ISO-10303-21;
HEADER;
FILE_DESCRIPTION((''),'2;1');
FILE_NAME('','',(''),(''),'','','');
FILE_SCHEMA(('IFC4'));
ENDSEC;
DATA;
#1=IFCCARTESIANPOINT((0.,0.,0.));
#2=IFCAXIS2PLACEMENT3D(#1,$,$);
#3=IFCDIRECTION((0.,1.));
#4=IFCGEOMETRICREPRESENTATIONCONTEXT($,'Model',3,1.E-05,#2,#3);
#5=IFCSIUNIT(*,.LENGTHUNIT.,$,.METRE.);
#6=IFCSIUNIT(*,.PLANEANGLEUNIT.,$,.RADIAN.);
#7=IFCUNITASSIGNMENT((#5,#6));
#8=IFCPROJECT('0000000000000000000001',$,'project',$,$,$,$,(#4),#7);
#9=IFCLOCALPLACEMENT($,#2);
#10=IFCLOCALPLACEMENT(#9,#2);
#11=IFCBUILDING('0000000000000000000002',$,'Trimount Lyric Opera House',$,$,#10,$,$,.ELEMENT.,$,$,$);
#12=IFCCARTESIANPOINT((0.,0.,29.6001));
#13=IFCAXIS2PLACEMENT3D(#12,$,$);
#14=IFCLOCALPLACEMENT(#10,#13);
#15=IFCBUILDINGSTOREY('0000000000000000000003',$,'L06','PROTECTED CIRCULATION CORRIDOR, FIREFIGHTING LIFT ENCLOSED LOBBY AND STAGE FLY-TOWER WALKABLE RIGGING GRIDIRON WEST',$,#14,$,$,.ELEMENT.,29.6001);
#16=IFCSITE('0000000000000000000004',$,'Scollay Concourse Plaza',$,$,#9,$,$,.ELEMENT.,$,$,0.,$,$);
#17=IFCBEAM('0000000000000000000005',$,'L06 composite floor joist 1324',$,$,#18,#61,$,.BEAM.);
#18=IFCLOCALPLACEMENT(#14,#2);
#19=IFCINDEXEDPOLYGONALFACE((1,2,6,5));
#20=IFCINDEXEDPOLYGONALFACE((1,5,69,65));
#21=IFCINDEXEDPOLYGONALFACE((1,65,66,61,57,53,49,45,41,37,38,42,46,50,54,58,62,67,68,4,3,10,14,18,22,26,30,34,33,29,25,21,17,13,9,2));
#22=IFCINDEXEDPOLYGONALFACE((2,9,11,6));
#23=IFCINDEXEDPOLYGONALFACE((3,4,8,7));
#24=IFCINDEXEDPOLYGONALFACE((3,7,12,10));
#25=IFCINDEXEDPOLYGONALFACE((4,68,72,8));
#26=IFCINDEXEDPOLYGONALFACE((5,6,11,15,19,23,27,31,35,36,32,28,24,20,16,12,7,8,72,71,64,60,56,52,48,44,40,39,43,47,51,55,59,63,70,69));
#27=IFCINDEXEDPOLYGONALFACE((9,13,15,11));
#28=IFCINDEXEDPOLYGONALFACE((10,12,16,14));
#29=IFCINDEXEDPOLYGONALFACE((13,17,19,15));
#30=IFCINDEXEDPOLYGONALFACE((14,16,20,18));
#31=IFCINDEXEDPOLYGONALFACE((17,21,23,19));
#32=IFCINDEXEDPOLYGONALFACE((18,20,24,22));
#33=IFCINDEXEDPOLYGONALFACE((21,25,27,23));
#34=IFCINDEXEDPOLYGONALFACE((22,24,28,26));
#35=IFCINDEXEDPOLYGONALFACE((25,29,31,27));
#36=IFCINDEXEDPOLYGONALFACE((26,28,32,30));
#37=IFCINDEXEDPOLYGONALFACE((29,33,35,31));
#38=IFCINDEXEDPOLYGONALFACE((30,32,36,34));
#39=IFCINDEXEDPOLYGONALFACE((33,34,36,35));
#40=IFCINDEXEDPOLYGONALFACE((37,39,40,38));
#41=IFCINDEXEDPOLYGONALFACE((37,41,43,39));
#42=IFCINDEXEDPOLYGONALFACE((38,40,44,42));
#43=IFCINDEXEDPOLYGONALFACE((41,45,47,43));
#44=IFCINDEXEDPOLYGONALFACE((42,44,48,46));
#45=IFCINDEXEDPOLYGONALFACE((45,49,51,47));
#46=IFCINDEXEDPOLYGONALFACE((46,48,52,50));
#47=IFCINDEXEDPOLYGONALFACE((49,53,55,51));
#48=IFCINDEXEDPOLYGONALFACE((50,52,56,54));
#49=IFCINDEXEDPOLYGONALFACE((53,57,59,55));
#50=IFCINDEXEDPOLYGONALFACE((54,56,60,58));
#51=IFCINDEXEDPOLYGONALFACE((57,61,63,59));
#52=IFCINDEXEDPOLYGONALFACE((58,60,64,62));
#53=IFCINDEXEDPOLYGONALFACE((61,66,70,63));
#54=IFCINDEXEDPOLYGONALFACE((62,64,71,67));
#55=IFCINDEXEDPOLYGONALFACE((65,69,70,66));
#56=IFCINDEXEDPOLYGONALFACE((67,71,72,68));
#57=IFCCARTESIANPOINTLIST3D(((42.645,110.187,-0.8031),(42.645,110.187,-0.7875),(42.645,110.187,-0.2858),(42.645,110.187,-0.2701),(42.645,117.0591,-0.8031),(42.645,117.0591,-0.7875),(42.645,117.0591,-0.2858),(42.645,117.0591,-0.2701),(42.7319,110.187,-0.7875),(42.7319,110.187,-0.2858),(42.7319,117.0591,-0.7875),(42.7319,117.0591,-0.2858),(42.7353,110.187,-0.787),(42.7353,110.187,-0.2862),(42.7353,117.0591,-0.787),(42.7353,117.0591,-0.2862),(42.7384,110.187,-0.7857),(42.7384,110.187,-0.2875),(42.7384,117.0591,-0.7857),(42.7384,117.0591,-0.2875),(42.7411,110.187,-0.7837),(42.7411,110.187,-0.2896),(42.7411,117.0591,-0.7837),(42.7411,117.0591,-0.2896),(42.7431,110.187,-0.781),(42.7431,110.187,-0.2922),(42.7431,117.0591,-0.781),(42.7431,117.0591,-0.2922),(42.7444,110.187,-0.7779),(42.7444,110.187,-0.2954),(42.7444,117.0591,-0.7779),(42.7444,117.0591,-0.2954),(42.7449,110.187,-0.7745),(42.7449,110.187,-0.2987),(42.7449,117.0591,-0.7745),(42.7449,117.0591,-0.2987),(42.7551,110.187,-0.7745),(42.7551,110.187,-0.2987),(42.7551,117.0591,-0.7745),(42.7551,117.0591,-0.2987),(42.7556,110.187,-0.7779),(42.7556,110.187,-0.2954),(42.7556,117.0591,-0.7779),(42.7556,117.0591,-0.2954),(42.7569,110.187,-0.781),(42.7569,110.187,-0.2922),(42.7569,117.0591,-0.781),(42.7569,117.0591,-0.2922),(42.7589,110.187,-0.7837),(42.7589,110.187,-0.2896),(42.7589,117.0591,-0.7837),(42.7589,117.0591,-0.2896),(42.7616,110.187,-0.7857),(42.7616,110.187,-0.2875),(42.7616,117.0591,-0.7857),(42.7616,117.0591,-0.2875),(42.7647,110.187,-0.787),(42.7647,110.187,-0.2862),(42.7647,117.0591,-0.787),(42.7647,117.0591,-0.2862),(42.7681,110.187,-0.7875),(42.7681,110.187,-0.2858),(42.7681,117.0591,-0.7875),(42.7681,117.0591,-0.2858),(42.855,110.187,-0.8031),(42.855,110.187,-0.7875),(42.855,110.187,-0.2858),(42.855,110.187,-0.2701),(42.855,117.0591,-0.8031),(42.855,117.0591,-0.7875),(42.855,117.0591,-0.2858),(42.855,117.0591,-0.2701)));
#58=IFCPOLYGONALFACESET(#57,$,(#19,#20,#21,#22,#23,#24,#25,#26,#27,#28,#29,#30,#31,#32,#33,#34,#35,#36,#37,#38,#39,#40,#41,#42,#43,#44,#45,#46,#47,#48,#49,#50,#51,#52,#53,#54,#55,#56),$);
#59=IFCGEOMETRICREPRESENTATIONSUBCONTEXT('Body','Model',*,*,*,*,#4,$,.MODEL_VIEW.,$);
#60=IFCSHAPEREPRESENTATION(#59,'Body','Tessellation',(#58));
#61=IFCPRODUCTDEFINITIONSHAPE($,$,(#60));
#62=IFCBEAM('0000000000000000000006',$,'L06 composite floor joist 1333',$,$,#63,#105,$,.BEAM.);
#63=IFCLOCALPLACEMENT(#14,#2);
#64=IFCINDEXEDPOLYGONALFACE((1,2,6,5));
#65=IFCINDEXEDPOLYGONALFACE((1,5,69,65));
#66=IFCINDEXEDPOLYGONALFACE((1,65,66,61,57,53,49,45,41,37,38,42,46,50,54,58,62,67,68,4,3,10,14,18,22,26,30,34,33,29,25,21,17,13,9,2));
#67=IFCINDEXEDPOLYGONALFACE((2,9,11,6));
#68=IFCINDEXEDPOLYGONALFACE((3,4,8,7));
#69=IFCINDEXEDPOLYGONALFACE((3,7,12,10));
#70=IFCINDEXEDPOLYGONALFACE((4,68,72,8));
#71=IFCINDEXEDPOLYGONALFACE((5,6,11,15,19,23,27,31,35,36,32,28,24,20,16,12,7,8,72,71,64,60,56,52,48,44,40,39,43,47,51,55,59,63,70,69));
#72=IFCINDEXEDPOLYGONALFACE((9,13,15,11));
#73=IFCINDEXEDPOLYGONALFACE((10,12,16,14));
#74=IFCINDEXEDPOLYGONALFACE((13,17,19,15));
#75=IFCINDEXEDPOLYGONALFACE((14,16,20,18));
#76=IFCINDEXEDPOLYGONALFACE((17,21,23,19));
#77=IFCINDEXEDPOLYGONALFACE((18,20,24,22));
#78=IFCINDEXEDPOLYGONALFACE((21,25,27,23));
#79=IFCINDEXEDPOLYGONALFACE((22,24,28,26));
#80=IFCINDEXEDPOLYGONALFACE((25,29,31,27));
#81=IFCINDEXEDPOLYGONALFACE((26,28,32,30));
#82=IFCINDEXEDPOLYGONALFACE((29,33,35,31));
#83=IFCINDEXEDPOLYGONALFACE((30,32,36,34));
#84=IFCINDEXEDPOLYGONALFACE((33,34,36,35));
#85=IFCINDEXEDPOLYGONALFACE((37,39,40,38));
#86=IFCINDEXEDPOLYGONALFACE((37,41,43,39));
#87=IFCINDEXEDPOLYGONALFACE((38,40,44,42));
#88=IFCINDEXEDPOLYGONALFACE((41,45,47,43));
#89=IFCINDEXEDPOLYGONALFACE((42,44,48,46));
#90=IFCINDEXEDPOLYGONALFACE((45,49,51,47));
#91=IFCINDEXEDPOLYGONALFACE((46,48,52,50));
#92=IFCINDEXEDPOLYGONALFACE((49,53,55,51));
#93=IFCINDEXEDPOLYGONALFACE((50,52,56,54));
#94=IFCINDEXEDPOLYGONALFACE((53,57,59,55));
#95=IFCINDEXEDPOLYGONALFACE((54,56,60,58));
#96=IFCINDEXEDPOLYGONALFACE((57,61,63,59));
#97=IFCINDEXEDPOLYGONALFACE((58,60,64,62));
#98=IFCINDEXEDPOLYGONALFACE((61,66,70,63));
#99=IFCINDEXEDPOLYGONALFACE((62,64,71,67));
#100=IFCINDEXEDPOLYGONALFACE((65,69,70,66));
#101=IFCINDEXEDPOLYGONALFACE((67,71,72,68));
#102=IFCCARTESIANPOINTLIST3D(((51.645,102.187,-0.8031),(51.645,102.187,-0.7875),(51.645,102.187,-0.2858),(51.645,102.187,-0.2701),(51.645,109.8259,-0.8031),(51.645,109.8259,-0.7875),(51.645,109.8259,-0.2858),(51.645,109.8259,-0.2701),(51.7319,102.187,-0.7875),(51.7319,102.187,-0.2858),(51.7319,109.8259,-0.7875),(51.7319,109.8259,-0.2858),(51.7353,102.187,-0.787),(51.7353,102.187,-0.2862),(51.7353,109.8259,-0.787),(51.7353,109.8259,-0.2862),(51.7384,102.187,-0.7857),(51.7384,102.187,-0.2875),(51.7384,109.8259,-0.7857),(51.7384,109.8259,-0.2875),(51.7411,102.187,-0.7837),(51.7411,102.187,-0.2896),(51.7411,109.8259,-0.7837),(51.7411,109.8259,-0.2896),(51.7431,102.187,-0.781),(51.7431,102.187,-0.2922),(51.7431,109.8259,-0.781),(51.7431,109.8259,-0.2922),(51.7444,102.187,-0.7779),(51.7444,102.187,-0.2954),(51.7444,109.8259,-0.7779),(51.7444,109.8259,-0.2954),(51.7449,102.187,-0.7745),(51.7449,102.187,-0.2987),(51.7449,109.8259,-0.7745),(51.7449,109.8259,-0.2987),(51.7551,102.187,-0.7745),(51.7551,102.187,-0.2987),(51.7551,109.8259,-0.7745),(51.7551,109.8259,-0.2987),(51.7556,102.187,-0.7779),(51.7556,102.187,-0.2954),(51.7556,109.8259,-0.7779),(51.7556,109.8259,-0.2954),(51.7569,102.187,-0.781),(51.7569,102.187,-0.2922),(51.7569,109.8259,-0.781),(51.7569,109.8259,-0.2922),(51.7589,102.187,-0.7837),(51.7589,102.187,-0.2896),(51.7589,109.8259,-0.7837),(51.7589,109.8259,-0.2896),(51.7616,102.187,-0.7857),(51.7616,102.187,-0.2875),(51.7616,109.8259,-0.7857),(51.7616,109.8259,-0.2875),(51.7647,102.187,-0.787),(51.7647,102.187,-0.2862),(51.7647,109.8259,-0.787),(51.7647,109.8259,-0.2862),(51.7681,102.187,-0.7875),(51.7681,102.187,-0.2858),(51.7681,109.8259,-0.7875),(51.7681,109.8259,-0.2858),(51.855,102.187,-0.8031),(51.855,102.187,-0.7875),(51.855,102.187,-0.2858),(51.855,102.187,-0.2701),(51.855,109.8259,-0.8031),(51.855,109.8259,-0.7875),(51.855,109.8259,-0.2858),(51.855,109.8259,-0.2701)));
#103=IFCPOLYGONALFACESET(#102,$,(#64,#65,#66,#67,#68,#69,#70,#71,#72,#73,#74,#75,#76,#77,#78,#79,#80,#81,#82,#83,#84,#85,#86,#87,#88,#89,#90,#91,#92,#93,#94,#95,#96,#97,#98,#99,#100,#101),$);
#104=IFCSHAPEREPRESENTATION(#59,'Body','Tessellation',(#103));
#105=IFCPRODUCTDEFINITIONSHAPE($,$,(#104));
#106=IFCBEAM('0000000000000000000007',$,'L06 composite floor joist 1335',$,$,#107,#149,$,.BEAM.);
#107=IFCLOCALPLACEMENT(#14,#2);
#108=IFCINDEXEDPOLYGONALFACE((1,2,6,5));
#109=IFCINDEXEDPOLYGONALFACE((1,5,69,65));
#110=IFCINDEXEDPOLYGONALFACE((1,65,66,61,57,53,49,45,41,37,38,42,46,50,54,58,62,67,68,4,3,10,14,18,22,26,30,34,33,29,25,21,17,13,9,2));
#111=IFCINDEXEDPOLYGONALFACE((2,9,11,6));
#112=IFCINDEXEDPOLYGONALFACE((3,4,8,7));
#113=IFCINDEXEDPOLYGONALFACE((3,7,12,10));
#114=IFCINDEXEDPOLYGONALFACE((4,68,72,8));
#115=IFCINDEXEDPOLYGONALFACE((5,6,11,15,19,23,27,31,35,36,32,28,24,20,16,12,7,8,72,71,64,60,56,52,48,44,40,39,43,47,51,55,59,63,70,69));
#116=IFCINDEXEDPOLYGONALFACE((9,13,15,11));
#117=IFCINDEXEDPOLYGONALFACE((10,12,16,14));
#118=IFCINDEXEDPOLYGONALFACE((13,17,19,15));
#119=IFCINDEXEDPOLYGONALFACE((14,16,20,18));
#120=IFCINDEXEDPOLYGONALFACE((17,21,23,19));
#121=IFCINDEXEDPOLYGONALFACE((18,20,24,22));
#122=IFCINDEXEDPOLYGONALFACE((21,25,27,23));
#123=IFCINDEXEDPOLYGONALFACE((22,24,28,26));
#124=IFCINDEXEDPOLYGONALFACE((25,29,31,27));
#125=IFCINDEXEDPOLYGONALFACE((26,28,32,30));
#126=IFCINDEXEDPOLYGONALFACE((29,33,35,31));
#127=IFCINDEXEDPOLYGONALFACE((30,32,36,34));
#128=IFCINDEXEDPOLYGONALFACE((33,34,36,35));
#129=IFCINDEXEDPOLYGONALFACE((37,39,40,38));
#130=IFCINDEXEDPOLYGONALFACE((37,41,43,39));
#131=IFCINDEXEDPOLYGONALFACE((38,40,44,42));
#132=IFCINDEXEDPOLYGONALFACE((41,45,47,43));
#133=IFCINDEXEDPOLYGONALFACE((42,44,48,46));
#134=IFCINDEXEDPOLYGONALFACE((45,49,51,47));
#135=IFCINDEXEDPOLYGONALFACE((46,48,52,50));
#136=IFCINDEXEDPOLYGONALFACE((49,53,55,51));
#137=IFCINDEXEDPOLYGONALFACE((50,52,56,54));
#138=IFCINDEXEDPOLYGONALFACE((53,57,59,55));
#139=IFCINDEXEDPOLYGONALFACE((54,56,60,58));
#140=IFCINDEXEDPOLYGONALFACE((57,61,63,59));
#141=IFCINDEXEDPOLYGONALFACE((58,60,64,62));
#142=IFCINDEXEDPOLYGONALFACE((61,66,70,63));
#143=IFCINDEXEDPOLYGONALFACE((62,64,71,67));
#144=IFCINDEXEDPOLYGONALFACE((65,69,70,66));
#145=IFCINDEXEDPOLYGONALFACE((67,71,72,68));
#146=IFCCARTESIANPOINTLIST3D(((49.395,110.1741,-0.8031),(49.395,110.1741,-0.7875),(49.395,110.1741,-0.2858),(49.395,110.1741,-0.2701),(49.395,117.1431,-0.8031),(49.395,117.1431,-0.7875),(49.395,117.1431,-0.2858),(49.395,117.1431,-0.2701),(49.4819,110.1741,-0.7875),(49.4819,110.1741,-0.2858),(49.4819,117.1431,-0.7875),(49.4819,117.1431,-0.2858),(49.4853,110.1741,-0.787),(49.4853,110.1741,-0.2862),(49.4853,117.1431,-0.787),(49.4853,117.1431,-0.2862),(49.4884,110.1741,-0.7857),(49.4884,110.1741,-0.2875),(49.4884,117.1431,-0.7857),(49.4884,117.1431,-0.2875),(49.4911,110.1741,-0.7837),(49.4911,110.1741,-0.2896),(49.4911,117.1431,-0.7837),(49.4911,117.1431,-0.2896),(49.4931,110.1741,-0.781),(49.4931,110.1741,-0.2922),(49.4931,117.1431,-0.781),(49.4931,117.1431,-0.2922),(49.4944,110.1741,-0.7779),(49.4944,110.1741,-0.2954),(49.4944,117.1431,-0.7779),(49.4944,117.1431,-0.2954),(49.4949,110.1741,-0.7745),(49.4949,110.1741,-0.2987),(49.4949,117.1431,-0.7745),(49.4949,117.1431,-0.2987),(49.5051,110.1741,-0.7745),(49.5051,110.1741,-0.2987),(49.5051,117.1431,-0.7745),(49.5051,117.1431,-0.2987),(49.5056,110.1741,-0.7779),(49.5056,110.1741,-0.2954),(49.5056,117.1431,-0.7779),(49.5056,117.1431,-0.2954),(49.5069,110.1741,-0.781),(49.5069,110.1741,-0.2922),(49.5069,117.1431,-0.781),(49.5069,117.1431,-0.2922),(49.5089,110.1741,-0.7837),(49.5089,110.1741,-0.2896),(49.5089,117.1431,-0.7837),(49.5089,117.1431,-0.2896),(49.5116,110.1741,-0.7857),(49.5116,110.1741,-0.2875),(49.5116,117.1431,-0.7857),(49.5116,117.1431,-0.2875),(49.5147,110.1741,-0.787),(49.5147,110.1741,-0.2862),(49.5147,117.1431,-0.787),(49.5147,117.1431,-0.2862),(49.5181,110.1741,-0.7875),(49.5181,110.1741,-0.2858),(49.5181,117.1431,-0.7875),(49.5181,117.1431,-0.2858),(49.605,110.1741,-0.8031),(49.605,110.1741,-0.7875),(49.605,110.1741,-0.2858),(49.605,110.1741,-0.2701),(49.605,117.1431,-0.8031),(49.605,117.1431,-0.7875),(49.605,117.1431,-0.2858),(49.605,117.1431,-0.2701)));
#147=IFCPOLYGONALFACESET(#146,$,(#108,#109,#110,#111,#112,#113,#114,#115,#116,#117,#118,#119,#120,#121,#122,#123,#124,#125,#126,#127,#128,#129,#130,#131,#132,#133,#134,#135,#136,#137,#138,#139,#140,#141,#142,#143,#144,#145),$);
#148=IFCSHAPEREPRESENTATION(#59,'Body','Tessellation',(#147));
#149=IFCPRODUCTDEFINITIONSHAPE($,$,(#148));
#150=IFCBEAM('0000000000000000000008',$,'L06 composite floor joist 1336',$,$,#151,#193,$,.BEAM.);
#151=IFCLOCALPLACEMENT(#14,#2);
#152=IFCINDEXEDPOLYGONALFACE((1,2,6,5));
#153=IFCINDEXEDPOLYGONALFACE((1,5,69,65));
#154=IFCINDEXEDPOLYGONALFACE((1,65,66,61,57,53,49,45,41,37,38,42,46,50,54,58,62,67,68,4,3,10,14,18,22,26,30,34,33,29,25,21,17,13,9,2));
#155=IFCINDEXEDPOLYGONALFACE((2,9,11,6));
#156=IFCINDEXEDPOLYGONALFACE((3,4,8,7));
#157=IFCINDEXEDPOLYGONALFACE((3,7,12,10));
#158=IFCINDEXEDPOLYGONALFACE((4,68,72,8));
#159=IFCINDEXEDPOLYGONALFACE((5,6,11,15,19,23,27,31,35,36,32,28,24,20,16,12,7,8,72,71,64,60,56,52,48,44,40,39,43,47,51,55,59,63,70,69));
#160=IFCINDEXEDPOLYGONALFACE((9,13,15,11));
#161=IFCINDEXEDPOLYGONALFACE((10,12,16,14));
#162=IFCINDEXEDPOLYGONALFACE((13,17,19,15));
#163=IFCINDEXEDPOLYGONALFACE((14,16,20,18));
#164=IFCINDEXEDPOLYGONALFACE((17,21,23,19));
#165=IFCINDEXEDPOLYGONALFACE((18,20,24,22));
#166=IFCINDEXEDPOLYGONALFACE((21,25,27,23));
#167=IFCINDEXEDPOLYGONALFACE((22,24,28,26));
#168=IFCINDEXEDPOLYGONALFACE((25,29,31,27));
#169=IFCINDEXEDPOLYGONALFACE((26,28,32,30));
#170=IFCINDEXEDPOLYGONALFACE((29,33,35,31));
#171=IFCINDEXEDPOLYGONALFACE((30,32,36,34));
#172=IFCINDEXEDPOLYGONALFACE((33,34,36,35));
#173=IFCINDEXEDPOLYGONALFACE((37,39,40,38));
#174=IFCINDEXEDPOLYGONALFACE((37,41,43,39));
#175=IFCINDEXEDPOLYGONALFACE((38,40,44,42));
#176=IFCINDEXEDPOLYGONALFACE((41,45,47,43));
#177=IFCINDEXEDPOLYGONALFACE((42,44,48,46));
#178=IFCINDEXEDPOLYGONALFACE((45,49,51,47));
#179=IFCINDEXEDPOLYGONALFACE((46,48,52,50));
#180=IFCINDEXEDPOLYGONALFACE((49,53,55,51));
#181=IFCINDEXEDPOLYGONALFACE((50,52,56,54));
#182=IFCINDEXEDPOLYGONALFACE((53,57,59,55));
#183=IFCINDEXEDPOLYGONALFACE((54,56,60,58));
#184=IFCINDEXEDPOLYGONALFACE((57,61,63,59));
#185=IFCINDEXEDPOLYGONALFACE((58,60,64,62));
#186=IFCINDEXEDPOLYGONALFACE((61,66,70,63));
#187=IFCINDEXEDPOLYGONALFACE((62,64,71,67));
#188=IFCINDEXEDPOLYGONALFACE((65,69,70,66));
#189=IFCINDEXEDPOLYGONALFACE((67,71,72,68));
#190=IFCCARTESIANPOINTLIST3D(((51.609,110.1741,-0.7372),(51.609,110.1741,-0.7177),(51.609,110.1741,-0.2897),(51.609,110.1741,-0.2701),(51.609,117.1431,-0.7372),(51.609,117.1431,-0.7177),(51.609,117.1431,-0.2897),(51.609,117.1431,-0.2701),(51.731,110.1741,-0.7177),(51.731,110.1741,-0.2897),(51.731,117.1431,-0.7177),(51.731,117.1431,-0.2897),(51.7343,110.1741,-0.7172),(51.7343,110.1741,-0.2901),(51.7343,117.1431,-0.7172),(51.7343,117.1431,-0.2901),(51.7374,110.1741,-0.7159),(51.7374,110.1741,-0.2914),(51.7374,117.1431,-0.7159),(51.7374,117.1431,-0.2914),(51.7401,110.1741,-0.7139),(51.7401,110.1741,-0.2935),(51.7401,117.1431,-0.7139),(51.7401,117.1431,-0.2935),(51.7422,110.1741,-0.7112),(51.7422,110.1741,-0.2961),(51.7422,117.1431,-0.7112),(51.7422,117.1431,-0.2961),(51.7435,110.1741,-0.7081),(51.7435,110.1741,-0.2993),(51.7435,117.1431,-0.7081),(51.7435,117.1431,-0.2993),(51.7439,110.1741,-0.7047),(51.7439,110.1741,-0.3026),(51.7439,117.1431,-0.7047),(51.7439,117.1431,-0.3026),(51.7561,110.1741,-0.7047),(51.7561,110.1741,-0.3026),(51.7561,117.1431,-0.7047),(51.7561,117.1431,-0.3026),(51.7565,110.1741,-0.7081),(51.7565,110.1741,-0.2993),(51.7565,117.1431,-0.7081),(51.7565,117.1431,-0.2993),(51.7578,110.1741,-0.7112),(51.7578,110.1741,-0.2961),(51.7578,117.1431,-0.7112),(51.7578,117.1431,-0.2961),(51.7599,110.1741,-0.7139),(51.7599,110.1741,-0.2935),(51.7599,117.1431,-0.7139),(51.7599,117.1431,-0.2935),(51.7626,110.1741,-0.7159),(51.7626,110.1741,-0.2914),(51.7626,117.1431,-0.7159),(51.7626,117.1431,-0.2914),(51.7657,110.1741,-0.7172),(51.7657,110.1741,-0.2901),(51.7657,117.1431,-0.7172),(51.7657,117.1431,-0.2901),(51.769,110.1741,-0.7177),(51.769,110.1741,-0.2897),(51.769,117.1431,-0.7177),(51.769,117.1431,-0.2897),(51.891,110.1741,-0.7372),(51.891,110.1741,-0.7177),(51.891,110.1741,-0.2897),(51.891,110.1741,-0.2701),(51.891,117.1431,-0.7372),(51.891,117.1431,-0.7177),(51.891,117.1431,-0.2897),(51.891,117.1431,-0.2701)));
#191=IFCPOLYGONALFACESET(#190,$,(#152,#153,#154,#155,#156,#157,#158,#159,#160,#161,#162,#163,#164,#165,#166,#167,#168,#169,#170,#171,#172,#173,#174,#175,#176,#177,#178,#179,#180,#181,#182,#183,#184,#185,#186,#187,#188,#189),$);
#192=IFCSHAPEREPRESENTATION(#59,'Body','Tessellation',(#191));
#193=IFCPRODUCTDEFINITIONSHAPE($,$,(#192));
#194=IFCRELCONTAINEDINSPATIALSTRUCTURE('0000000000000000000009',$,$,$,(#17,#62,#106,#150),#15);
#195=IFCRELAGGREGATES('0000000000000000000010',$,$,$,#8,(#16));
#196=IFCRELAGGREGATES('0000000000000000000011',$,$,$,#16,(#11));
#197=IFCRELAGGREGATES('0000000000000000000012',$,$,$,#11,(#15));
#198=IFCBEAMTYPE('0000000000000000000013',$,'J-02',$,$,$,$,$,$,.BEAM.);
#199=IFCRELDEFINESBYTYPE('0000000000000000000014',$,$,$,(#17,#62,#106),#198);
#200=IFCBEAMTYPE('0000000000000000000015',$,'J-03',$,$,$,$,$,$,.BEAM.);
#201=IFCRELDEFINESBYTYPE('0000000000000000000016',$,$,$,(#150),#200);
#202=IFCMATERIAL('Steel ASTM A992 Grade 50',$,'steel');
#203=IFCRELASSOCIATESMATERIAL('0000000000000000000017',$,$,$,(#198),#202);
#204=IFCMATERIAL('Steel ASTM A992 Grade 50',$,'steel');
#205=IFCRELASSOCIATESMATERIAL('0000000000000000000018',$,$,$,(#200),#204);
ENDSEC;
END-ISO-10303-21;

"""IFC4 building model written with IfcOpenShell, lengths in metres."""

from ifc_helpers import new_model, si_unit, direction, frame, origin, origin_2d, place, context, subcontext, project, spatial, i_section, extrude, material, material_profile, profile_set, type_object, element, save


model = new_model("IFC4")

# Units and contexts
model_context = context("Model", 3, precision=1e-05, world=origin(), true_north=direction((0.0, 1.0)))
body_context = subcontext(model_context, "Body", "Model", "MODEL_VIEW")
ifc_project = project(units=[si_unit("LENGTHUNIT", "METRE"), si_unit("PLANEANGLEUNIT", "RADIAN")], contexts=[model_context])

# Site, building, storey
site_placement = place(None, origin())
site = spatial("IfcSite", under=ifc_project, at=site_placement, Name="Scollay Concourse Plaza", CompositionType="ELEMENT", RefElevation=0.0)
building_placement = place(site_placement, origin())
building = spatial("IfcBuilding", under=site, at=building_placement, Name="Trimount Lyric Opera House", CompositionType="ELEMENT")
storey_placement = place(building_placement, frame((0.0, 0.0, 29.6001)))
storey = spatial("IfcBuildingStorey", under=building, at=storey_placement, Name="L06", Description="PROTECTED CIRCULATION CORRIDOR, FIREFIGHTING LIFT ENCLOSED LOBBY AND STAGE FLY-TOWER WALKABLE RIGGING GRIDIRON WEST", CompositionType="ELEMENT", Elevation=29.6001)

# Beams
ifc_material_1 = material(Name="Steel ASTM A992 Grade 50", Category="steel")
ifc_material_profile_1 = material_profile(ifc_material_1, i_section(OverallWidth=0.21, OverallDepth=0.533, WebThickness=0.0103, FlangeThickness=0.0156, FilletRadius=0.0129, at=origin_2d()), Name="W21X62")
ifc_profile_set_1 = profile_set([ifc_material_profile_1], Name="Steel ASTM A992 Grade 50")
beam_type_1 = type_object("IfcBeamType", Name="J-02", PredefinedType="BEAM", material=ifc_profile_set_1)
beam_1_placement = place(storey_placement, frame((42.75, 110.187, -0.5366), z_axis=(0.0, 1.0, 0.0), x_axis=(-1.0, 0.0, 0.0)))
element("IfcBeam", 1, at=beam_1_placement, inside=storey, type_object=beam_type_1, Name="L06 composite floor joist 1324", PredefinedType="BEAM", context=body_context, shape_type="SweptSolid", body=[
    extrude(i_section(OverallWidth=0.21, OverallDepth=0.533, WebThickness=0.0103, FlangeThickness=0.0156, FilletRadius=0.0129, at=origin_2d()), origin(), (0.0, 0.0, 1.0), 6.8721),
])
beam_2_placement = place(storey_placement, frame((51.75, 102.187, -0.5366), z_axis=(0.0, 1.0, 0.0), x_axis=(-1.0, 0.0, 0.0)))
element("IfcBeam", 2, at=beam_2_placement, inside=storey, type_object=beam_type_1, Name="L06 composite floor joist 1333", PredefinedType="BEAM", context=body_context, shape_type="SweptSolid", body=[
    extrude(i_section(OverallWidth=0.21, OverallDepth=0.533, WebThickness=0.0103, FlangeThickness=0.0156, FilletRadius=0.0129, at=origin_2d()), origin(), (0.0, 0.0, 1.0), 7.6389),
])
beam_3_placement = place(storey_placement, frame((49.5, 110.1741, -0.5366), z_axis=(0.0, 1.0, 0.0), x_axis=(-1.0, 0.0, 0.0)))
element("IfcBeam", 3, at=beam_3_placement, inside=storey, type_object=beam_type_1, Name="L06 composite floor joist 1335", PredefinedType="BEAM", context=body_context, shape_type="SweptSolid", body=[
    extrude(i_section(OverallWidth=0.21, OverallDepth=0.533, WebThickness=0.0103, FlangeThickness=0.0156, FilletRadius=0.0129, at=origin_2d()), origin(), (0.0, 0.0, 1.0), 6.969),
])
ifc_material_2 = material(Name="Steel ASTM A992 Grade 50", Category="steel")
ifc_material_profile_2 = material_profile(ifc_material_2, i_section(OverallWidth=0.282, OverallDepth=0.467, WebThickness=0.0122, FlangeThickness=0.0195, FilletRadius=0.0129, at=origin_2d()), Name="W18X86")
ifc_profile_set_2 = profile_set([ifc_material_profile_2], Name="Steel ASTM A992 Grade 50")
beam_type_2 = type_object("IfcBeamType", Name="J-03", PredefinedType="BEAM", material=ifc_profile_set_2)
beam_4_placement = place(storey_placement, frame((51.75, 110.1741, -0.5037), z_axis=(0.0, 1.0, 0.0), x_axis=(-1.0, 0.0, 0.0)))
element("IfcBeam", 4, at=beam_4_placement, inside=storey, type_object=beam_type_2, Name="L06 composite floor joist 1336", PredefinedType="BEAM", context=body_context, shape_type="SweptSolid", body=[
    extrude(i_section(OverallWidth=0.282, OverallDepth=0.467, WebThickness=0.0122, FlangeThickness=0.0195, FilletRadius=0.0129, at=origin_2d()), origin(), (0.0, 0.0, 1.0), 6.969),
])

save(model, "model.ifc")
